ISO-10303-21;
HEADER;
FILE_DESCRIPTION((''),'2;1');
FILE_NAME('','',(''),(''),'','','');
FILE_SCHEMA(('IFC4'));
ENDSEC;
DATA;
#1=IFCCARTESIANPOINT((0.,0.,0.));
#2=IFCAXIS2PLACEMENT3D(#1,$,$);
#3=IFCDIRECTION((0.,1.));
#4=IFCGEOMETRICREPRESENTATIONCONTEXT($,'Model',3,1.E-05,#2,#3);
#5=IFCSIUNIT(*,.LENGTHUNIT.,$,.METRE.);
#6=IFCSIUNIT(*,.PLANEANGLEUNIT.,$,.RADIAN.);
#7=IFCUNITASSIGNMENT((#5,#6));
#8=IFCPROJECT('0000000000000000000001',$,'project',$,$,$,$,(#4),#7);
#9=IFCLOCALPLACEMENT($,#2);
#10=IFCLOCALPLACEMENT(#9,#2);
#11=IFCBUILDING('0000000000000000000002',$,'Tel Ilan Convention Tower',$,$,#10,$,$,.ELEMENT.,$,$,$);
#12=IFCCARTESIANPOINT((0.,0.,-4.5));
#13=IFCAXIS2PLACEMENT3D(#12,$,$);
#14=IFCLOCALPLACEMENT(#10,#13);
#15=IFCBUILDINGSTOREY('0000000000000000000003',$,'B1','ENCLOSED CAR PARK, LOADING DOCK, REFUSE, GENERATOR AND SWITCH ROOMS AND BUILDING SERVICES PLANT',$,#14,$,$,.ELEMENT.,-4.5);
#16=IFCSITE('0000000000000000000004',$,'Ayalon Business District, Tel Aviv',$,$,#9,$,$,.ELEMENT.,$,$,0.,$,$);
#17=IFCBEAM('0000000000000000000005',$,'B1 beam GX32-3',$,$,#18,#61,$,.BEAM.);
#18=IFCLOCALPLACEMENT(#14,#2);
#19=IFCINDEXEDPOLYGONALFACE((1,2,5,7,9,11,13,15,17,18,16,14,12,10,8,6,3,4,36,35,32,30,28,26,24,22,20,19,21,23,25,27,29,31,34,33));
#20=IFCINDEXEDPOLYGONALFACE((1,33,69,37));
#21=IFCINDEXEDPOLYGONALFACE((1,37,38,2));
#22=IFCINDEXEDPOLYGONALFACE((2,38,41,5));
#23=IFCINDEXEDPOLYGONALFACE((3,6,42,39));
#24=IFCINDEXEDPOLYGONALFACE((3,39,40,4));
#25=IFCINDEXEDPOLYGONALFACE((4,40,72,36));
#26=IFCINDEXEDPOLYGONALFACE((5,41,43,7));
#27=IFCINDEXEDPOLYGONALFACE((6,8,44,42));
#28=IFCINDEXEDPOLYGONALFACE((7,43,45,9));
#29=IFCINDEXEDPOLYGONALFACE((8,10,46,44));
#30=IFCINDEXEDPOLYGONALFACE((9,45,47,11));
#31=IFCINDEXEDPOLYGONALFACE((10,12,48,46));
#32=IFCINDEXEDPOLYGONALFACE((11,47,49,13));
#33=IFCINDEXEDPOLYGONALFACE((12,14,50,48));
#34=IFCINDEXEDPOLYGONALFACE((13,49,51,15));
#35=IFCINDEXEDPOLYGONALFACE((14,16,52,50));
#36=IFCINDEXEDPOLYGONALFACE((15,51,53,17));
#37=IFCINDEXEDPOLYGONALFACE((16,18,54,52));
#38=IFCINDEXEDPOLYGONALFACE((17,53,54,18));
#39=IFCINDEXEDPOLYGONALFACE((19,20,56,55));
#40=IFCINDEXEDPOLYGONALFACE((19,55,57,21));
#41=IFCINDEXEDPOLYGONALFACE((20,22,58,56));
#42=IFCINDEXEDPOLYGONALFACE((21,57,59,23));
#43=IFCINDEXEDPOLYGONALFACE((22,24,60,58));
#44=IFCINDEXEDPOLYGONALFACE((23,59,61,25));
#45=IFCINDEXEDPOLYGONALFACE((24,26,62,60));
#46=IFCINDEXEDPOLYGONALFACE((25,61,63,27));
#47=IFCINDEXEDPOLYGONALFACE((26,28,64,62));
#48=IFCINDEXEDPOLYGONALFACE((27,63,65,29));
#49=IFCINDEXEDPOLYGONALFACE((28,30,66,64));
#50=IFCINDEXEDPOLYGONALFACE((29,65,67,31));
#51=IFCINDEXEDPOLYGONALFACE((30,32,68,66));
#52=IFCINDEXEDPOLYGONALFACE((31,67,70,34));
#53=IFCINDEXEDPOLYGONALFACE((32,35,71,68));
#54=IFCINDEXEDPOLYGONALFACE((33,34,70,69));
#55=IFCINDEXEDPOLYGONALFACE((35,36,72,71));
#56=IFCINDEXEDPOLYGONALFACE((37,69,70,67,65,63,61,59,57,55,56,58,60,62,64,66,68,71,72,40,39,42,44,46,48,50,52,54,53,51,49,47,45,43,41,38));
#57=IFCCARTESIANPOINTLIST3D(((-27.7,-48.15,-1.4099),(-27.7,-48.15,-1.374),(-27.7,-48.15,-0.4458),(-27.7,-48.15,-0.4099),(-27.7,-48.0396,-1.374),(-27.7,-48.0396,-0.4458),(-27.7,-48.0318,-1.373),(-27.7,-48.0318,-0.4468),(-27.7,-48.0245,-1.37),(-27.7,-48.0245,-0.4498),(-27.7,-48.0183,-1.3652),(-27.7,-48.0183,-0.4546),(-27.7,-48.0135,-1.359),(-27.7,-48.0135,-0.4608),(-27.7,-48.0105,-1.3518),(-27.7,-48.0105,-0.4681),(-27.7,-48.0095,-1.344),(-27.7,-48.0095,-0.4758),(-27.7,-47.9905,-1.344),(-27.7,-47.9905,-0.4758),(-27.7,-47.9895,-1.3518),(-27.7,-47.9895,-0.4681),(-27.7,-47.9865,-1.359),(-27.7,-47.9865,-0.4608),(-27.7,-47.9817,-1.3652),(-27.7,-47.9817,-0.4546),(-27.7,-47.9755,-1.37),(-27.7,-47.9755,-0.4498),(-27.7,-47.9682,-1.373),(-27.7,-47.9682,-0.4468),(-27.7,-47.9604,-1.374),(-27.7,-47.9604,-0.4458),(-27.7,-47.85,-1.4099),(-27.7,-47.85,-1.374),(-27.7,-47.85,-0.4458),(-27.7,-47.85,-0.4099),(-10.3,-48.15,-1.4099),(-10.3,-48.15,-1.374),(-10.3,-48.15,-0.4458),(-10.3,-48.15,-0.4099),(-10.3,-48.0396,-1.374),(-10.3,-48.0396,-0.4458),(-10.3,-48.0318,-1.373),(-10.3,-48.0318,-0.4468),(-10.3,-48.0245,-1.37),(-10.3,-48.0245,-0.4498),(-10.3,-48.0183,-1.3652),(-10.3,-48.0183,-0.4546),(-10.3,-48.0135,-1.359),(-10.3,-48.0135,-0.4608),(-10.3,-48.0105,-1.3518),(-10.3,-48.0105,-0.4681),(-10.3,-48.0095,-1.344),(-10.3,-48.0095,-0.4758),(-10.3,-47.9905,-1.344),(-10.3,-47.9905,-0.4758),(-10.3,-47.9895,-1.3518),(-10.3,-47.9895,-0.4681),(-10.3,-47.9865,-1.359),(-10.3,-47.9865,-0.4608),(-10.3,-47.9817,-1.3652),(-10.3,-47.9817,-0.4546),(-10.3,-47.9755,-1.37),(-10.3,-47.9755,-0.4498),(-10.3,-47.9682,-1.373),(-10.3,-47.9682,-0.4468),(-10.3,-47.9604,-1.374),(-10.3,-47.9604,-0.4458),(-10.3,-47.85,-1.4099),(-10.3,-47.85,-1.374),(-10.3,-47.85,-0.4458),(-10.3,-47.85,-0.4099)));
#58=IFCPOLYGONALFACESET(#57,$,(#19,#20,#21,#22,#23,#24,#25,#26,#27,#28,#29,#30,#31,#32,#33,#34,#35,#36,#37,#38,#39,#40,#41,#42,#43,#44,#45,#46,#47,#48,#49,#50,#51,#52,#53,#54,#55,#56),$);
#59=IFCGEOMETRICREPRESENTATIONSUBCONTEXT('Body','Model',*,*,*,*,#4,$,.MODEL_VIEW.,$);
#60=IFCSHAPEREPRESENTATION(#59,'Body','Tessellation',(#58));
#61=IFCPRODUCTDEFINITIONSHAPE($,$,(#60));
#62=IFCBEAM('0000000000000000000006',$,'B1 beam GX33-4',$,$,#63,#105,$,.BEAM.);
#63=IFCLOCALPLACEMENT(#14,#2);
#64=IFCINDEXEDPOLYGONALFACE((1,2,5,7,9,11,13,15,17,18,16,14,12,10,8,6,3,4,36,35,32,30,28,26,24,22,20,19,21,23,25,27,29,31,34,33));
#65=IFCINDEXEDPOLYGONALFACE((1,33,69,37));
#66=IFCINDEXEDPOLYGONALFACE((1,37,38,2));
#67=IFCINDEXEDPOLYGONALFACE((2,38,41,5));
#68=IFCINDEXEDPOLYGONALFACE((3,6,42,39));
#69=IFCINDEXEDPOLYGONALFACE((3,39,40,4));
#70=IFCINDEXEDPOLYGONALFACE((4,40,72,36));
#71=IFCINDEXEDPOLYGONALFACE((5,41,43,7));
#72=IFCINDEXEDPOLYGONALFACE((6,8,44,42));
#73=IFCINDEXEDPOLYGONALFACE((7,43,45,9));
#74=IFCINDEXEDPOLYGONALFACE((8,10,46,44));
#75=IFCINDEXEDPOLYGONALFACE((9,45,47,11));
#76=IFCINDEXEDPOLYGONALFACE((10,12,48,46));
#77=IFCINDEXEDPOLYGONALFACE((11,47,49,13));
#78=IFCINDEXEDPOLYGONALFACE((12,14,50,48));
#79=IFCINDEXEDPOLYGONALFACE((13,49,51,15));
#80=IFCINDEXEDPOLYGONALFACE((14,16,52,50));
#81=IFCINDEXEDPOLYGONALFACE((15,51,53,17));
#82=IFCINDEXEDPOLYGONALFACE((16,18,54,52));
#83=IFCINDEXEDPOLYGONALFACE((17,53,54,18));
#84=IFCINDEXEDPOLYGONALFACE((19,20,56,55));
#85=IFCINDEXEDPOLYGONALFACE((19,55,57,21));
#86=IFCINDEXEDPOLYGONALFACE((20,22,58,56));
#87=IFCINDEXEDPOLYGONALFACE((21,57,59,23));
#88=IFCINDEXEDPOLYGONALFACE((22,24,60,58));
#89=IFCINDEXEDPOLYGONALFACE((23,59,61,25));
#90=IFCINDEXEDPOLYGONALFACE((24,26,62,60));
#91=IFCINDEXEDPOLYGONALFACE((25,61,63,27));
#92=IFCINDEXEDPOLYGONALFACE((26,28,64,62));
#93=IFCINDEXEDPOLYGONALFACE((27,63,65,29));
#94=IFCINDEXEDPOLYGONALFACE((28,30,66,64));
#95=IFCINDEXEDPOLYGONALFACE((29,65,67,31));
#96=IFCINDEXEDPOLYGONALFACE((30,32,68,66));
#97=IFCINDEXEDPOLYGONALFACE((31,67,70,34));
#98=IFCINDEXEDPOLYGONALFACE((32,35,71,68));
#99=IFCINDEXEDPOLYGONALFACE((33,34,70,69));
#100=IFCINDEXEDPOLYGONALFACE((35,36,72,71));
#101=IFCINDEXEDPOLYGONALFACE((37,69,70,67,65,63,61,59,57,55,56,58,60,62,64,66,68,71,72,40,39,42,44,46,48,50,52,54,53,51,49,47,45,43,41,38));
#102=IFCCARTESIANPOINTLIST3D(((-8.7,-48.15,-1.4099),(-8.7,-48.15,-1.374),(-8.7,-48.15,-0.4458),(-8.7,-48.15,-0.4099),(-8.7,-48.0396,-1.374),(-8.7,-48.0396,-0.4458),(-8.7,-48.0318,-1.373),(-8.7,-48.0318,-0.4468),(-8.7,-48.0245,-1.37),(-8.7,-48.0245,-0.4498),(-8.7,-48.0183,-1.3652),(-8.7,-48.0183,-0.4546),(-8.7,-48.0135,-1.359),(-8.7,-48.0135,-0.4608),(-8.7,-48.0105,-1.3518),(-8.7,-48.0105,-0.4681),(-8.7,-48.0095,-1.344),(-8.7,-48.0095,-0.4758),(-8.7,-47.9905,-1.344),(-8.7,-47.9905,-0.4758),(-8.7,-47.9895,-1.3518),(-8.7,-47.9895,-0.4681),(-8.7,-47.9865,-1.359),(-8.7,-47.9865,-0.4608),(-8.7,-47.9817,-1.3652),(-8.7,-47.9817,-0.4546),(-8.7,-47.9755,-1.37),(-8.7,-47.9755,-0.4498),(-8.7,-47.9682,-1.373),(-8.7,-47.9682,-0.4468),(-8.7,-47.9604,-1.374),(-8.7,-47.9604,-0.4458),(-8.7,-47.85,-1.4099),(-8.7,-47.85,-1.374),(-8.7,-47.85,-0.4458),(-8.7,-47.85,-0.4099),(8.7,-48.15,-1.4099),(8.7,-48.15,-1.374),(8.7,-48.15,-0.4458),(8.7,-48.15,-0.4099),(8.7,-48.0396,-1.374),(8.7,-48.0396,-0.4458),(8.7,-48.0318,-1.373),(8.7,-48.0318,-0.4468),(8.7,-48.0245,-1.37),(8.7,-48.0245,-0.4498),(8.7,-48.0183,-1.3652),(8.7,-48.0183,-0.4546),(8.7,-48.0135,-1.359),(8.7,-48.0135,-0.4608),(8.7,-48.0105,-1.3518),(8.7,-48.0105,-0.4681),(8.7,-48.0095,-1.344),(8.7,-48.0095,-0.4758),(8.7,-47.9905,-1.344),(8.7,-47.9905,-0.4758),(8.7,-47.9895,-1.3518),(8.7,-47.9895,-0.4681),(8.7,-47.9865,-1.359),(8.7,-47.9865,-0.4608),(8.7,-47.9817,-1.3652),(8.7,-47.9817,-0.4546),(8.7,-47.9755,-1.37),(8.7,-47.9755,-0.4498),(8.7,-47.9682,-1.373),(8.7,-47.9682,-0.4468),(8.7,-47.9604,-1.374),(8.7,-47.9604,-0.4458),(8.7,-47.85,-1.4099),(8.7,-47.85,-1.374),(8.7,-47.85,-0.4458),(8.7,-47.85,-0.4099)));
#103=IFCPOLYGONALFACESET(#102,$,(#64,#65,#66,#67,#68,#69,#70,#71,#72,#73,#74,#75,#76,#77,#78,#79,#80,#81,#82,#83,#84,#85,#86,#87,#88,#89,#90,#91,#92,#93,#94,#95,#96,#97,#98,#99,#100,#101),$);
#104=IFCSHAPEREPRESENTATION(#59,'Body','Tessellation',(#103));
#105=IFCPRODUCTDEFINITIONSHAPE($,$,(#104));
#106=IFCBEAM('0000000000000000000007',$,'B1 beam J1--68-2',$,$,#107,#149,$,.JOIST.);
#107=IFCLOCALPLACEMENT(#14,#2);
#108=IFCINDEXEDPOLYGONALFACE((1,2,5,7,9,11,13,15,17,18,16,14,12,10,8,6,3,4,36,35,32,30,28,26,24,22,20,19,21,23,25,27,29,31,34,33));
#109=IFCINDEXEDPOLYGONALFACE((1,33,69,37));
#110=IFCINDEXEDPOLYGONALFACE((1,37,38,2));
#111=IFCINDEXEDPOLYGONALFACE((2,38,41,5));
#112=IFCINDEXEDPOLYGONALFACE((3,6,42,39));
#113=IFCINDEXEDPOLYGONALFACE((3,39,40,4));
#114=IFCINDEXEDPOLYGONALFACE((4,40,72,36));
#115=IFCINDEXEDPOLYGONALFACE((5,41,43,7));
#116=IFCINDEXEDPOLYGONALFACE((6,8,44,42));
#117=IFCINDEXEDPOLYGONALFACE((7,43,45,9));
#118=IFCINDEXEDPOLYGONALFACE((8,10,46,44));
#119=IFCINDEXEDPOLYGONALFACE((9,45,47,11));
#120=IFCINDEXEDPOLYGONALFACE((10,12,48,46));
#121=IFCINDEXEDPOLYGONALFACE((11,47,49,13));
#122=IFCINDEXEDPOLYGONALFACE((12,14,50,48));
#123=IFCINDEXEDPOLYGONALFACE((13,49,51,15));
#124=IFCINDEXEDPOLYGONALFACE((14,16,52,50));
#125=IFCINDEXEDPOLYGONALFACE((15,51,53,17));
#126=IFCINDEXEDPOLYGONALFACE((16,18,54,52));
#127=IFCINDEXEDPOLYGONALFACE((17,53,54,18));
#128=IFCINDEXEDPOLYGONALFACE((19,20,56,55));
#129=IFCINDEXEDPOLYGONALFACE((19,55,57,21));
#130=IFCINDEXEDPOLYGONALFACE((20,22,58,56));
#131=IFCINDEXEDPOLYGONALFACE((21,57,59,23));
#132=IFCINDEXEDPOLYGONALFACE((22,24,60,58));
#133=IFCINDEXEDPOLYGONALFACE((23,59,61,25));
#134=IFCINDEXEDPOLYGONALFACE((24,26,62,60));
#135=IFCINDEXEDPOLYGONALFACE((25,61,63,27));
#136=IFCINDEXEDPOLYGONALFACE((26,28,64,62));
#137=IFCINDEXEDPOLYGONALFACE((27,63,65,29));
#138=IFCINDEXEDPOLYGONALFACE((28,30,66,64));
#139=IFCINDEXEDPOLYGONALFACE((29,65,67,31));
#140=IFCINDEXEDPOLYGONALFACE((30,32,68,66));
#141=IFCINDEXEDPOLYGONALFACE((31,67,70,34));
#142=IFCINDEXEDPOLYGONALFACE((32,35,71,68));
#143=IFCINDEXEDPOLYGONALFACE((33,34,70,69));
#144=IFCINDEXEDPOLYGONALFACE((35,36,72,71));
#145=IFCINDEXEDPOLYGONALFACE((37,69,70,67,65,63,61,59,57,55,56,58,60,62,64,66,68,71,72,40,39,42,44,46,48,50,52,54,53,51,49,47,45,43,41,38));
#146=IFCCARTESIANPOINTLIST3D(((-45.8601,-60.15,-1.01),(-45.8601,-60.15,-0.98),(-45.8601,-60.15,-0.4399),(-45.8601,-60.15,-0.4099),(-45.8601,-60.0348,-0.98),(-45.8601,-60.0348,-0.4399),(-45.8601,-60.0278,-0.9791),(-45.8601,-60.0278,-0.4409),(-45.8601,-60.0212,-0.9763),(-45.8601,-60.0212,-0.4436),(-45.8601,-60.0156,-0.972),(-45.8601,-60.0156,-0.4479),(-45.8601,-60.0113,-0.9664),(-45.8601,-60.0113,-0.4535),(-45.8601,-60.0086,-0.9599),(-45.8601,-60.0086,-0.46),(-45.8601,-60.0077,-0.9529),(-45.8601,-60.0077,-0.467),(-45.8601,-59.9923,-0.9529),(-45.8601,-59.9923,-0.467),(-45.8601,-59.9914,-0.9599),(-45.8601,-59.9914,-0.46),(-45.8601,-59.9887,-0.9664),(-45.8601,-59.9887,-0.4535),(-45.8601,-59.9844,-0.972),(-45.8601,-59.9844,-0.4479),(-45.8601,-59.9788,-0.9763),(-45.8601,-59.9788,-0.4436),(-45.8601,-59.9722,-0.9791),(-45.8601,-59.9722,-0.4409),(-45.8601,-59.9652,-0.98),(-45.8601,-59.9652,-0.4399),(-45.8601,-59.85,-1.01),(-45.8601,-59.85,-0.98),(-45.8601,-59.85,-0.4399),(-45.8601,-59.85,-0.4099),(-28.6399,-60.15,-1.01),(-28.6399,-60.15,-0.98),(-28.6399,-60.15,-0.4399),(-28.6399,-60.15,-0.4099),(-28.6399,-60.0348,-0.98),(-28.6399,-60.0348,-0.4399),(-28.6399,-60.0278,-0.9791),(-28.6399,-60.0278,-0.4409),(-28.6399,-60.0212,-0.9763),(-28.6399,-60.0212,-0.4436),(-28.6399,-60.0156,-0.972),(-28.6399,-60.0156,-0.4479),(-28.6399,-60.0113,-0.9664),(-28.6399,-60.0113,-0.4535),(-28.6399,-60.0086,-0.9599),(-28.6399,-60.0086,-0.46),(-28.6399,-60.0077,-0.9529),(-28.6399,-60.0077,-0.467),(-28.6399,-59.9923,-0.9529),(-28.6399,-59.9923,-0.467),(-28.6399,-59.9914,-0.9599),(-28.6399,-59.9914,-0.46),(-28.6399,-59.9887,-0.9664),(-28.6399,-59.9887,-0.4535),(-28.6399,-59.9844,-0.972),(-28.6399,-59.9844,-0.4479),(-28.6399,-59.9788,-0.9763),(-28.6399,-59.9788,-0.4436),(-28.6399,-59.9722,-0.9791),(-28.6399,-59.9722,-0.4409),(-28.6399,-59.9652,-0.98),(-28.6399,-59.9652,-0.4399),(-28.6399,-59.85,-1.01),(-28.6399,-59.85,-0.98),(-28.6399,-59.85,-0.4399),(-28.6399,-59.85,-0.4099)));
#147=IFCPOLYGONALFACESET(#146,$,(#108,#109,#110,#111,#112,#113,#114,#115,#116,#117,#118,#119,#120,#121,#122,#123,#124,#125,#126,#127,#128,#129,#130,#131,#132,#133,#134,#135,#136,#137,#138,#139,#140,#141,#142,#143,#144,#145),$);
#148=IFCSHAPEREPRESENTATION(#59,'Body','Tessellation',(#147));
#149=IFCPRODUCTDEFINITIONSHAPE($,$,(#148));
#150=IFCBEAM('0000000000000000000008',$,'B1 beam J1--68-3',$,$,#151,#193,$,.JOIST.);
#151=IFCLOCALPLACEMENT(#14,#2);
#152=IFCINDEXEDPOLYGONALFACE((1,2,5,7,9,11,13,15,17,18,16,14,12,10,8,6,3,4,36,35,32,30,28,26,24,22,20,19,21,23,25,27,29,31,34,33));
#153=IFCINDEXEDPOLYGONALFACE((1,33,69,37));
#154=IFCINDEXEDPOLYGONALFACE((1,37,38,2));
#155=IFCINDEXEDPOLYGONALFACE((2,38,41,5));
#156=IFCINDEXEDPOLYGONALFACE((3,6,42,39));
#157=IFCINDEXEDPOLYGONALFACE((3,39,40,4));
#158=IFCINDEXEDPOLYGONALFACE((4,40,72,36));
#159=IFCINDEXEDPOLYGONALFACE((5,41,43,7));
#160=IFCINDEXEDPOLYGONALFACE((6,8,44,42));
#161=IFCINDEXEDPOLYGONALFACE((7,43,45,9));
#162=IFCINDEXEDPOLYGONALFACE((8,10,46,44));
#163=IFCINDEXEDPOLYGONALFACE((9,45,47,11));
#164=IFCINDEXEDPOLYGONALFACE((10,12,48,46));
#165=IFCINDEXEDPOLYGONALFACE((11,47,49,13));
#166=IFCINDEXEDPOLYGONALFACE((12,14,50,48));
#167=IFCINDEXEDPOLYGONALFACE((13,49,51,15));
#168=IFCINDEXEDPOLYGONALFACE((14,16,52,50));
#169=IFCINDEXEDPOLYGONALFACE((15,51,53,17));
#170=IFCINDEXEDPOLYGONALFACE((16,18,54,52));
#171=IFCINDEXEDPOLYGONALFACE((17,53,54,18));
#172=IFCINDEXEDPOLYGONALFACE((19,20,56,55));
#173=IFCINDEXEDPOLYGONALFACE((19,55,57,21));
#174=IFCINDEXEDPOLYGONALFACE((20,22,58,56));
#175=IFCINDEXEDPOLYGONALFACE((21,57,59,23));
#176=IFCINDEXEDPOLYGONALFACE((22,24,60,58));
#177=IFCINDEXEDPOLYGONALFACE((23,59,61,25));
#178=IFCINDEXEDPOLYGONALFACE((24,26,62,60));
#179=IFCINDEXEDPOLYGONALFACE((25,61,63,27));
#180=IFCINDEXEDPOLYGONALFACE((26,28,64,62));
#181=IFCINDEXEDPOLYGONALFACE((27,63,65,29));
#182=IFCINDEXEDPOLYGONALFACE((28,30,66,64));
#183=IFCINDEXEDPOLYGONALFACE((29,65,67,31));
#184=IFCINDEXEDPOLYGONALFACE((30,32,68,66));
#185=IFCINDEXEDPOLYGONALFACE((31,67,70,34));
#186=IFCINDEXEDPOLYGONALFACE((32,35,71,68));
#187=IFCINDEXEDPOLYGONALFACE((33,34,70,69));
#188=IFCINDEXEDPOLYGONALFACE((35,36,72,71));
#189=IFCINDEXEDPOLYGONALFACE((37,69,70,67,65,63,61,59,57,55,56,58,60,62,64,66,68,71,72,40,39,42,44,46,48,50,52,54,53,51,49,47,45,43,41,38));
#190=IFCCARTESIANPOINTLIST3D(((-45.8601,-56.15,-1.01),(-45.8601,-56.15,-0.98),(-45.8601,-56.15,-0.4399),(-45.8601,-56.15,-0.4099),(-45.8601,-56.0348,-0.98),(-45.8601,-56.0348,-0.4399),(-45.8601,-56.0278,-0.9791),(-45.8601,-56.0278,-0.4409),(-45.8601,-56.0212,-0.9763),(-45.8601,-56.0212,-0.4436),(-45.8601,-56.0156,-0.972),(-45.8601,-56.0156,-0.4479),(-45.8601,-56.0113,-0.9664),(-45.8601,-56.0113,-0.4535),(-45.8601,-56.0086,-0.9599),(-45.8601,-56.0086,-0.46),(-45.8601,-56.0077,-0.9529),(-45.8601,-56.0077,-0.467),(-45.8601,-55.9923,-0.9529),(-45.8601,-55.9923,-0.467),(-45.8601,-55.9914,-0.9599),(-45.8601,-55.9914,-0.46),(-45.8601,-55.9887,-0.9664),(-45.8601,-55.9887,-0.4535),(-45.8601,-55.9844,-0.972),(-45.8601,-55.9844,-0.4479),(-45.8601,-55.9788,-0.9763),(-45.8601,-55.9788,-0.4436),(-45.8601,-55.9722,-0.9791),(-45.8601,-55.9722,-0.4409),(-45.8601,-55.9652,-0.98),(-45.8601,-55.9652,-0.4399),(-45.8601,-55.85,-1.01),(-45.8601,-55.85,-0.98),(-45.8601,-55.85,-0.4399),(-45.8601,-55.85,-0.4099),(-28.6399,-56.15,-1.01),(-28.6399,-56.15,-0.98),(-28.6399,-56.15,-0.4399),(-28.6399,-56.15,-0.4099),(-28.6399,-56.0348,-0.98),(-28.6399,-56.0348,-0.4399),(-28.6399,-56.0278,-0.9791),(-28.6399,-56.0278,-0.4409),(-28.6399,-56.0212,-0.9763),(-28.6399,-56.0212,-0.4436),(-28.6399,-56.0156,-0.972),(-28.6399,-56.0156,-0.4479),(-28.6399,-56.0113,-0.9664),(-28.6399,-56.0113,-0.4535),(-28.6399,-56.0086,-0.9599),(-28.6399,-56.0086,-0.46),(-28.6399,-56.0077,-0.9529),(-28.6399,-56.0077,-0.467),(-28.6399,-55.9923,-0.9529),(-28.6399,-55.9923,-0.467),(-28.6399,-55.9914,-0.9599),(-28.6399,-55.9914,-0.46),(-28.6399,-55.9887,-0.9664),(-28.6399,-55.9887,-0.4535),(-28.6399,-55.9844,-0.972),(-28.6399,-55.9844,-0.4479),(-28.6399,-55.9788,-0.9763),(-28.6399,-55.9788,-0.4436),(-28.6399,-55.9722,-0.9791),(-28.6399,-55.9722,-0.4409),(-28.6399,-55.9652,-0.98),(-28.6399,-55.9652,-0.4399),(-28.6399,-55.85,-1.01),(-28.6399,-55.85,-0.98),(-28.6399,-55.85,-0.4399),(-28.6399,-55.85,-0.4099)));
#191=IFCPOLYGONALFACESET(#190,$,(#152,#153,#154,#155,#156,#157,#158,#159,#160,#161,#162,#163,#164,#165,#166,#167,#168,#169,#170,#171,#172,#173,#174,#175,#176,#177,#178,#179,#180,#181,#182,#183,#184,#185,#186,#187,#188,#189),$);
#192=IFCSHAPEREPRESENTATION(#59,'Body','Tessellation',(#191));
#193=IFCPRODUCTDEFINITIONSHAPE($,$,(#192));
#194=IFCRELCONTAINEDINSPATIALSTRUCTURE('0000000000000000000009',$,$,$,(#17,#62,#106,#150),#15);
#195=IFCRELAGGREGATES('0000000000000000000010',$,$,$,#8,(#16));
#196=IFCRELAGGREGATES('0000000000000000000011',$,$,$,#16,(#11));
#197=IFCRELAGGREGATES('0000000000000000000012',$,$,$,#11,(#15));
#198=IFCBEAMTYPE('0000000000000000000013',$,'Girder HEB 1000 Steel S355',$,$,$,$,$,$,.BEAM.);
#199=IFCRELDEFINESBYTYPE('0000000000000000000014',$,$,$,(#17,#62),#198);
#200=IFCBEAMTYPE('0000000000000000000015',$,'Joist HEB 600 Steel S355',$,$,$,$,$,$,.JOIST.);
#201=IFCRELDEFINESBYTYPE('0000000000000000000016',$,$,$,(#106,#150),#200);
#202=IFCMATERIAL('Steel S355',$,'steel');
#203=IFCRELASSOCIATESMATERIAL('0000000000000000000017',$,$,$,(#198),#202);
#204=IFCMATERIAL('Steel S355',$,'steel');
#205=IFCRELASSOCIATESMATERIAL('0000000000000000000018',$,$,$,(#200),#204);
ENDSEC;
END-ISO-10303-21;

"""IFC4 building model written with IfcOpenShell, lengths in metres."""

from ifc_helpers import new_model, si_unit, direction, frame, origin, origin_2d, place, context, subcontext, project, spatial, i_section, extrude, material, material_profile, profile_set, type_object, element, save


model = new_model("IFC4")

# Units and contexts
model_context = context("Model", 3, precision=1e-05, world=origin(), true_north=direction((0.0, 1.0)))
body_context = subcontext(model_context, "Body", "Model", "MODEL_VIEW")
ifc_project = project(units=[si_unit("LENGTHUNIT", "METRE"), si_unit("PLANEANGLEUNIT", "RADIAN")], contexts=[model_context])

# Site, building, storey
site_placement = place(None, origin())
site = spatial("IfcSite", under=ifc_project, at=site_placement, Name="Ayalon Business District, Tel Aviv", CompositionType="ELEMENT", RefElevation=0.0)
building_placement = place(site_placement, origin())
building = spatial("IfcBuilding", under=site, at=building_placement, Name="Tel Ilan Convention Tower", CompositionType="ELEMENT")
storey_placement = place(building_placement, frame((0.0, 0.0, -4.5)))
storey = spatial("IfcBuildingStorey", under=building, at=storey_placement, Name="B1", Description="ENCLOSED CAR PARK, LOADING DOCK, REFUSE, GENERATOR AND SWITCH ROOMS AND BUILDING SERVICES PLANT", CompositionType="ELEMENT", Elevation=-4.5)

# Beams
ifc_material_1 = material(Name="Steel S355", Category="steel")
ifc_material_profile_1 = material_profile(ifc_material_1, i_section(OverallWidth=0.3, OverallDepth=1.0, WebThickness=0.019, FlangeThickness=0.0359, FilletRadius=0.03, at=origin_2d()), Name="HEB 1000")
ifc_profile_set_1 = profile_set([ifc_material_profile_1], Name="Steel S355")
beam_type_1 = type_object("IfcBeamType", Name="Girder HEB 1000 Steel S355", PredefinedType="BEAM", material=ifc_profile_set_1)
for number, where, z_axis, x_axis, name in (
    (1, (-27.7, -48.0, -0.9099), (1.0, 0.0, 0.0), (0.0, 1.0, 0.0), "B1 beam GX32-3"),
    (2, (-8.7, -48.0, -0.9099), (1.0, 0.0, 0.0), (0.0, 1.0, 0.0), "B1 beam GX33-4"),
):
    element("IfcBeam", number, at=place(storey_placement, frame(where, z_axis=z_axis, x_axis=x_axis)), inside=storey, type_object=beam_type_1, Name=name, PredefinedType="BEAM", context=body_context, shape_type="SweptSolid", body=[
        extrude(i_section(OverallWidth=0.3, OverallDepth=1.0, WebThickness=0.019, FlangeThickness=0.0359, FilletRadius=0.03, at=origin_2d()), origin(), (0.0, 0.0, 1.0), 17.3999),
    ])
ifc_material_2 = material(Name="Steel S355", Category="steel")
ifc_material_profile_2 = material_profile(ifc_material_2, i_section(OverallWidth=0.3, OverallDepth=0.6001, WebThickness=0.0154, FlangeThickness=0.03, FilletRadius=0.0271, at=origin_2d()), Name="HEB 600")
ifc_profile_set_2 = profile_set([ifc_material_profile_2], Name="Steel S355")
beam_type_2 = type_object("IfcBeamType", Name="Joist HEB 600 Steel S355", PredefinedType="JOIST", material=ifc_profile_set_2)
for number, where, z_axis, x_axis, name in (
    (3, (-45.8601, -60.0, -0.71), (1.0, 0.0, 0.0), (0.0, 1.0, 0.0), "B1 beam J1--68-2"),
    (4, (-45.8601, -56.0, -0.71), (1.0, 0.0, 0.0), (0.0, 1.0, 0.0), "B1 beam J1--68-3"),
):
    element("IfcBeam", number, at=place(storey_placement, frame(where, z_axis=z_axis, x_axis=x_axis)), inside=storey, type_object=beam_type_2, Name=name, PredefinedType="JOIST", context=body_context, shape_type="SweptSolid", body=[
        extrude(i_section(OverallWidth=0.3, OverallDepth=0.6001, WebThickness=0.0154, FlangeThickness=0.03, FilletRadius=0.0271, at=origin_2d()), origin(), (0.0, 0.0, 1.0), 17.2202),
    ])

save(model, "model.ifc")
